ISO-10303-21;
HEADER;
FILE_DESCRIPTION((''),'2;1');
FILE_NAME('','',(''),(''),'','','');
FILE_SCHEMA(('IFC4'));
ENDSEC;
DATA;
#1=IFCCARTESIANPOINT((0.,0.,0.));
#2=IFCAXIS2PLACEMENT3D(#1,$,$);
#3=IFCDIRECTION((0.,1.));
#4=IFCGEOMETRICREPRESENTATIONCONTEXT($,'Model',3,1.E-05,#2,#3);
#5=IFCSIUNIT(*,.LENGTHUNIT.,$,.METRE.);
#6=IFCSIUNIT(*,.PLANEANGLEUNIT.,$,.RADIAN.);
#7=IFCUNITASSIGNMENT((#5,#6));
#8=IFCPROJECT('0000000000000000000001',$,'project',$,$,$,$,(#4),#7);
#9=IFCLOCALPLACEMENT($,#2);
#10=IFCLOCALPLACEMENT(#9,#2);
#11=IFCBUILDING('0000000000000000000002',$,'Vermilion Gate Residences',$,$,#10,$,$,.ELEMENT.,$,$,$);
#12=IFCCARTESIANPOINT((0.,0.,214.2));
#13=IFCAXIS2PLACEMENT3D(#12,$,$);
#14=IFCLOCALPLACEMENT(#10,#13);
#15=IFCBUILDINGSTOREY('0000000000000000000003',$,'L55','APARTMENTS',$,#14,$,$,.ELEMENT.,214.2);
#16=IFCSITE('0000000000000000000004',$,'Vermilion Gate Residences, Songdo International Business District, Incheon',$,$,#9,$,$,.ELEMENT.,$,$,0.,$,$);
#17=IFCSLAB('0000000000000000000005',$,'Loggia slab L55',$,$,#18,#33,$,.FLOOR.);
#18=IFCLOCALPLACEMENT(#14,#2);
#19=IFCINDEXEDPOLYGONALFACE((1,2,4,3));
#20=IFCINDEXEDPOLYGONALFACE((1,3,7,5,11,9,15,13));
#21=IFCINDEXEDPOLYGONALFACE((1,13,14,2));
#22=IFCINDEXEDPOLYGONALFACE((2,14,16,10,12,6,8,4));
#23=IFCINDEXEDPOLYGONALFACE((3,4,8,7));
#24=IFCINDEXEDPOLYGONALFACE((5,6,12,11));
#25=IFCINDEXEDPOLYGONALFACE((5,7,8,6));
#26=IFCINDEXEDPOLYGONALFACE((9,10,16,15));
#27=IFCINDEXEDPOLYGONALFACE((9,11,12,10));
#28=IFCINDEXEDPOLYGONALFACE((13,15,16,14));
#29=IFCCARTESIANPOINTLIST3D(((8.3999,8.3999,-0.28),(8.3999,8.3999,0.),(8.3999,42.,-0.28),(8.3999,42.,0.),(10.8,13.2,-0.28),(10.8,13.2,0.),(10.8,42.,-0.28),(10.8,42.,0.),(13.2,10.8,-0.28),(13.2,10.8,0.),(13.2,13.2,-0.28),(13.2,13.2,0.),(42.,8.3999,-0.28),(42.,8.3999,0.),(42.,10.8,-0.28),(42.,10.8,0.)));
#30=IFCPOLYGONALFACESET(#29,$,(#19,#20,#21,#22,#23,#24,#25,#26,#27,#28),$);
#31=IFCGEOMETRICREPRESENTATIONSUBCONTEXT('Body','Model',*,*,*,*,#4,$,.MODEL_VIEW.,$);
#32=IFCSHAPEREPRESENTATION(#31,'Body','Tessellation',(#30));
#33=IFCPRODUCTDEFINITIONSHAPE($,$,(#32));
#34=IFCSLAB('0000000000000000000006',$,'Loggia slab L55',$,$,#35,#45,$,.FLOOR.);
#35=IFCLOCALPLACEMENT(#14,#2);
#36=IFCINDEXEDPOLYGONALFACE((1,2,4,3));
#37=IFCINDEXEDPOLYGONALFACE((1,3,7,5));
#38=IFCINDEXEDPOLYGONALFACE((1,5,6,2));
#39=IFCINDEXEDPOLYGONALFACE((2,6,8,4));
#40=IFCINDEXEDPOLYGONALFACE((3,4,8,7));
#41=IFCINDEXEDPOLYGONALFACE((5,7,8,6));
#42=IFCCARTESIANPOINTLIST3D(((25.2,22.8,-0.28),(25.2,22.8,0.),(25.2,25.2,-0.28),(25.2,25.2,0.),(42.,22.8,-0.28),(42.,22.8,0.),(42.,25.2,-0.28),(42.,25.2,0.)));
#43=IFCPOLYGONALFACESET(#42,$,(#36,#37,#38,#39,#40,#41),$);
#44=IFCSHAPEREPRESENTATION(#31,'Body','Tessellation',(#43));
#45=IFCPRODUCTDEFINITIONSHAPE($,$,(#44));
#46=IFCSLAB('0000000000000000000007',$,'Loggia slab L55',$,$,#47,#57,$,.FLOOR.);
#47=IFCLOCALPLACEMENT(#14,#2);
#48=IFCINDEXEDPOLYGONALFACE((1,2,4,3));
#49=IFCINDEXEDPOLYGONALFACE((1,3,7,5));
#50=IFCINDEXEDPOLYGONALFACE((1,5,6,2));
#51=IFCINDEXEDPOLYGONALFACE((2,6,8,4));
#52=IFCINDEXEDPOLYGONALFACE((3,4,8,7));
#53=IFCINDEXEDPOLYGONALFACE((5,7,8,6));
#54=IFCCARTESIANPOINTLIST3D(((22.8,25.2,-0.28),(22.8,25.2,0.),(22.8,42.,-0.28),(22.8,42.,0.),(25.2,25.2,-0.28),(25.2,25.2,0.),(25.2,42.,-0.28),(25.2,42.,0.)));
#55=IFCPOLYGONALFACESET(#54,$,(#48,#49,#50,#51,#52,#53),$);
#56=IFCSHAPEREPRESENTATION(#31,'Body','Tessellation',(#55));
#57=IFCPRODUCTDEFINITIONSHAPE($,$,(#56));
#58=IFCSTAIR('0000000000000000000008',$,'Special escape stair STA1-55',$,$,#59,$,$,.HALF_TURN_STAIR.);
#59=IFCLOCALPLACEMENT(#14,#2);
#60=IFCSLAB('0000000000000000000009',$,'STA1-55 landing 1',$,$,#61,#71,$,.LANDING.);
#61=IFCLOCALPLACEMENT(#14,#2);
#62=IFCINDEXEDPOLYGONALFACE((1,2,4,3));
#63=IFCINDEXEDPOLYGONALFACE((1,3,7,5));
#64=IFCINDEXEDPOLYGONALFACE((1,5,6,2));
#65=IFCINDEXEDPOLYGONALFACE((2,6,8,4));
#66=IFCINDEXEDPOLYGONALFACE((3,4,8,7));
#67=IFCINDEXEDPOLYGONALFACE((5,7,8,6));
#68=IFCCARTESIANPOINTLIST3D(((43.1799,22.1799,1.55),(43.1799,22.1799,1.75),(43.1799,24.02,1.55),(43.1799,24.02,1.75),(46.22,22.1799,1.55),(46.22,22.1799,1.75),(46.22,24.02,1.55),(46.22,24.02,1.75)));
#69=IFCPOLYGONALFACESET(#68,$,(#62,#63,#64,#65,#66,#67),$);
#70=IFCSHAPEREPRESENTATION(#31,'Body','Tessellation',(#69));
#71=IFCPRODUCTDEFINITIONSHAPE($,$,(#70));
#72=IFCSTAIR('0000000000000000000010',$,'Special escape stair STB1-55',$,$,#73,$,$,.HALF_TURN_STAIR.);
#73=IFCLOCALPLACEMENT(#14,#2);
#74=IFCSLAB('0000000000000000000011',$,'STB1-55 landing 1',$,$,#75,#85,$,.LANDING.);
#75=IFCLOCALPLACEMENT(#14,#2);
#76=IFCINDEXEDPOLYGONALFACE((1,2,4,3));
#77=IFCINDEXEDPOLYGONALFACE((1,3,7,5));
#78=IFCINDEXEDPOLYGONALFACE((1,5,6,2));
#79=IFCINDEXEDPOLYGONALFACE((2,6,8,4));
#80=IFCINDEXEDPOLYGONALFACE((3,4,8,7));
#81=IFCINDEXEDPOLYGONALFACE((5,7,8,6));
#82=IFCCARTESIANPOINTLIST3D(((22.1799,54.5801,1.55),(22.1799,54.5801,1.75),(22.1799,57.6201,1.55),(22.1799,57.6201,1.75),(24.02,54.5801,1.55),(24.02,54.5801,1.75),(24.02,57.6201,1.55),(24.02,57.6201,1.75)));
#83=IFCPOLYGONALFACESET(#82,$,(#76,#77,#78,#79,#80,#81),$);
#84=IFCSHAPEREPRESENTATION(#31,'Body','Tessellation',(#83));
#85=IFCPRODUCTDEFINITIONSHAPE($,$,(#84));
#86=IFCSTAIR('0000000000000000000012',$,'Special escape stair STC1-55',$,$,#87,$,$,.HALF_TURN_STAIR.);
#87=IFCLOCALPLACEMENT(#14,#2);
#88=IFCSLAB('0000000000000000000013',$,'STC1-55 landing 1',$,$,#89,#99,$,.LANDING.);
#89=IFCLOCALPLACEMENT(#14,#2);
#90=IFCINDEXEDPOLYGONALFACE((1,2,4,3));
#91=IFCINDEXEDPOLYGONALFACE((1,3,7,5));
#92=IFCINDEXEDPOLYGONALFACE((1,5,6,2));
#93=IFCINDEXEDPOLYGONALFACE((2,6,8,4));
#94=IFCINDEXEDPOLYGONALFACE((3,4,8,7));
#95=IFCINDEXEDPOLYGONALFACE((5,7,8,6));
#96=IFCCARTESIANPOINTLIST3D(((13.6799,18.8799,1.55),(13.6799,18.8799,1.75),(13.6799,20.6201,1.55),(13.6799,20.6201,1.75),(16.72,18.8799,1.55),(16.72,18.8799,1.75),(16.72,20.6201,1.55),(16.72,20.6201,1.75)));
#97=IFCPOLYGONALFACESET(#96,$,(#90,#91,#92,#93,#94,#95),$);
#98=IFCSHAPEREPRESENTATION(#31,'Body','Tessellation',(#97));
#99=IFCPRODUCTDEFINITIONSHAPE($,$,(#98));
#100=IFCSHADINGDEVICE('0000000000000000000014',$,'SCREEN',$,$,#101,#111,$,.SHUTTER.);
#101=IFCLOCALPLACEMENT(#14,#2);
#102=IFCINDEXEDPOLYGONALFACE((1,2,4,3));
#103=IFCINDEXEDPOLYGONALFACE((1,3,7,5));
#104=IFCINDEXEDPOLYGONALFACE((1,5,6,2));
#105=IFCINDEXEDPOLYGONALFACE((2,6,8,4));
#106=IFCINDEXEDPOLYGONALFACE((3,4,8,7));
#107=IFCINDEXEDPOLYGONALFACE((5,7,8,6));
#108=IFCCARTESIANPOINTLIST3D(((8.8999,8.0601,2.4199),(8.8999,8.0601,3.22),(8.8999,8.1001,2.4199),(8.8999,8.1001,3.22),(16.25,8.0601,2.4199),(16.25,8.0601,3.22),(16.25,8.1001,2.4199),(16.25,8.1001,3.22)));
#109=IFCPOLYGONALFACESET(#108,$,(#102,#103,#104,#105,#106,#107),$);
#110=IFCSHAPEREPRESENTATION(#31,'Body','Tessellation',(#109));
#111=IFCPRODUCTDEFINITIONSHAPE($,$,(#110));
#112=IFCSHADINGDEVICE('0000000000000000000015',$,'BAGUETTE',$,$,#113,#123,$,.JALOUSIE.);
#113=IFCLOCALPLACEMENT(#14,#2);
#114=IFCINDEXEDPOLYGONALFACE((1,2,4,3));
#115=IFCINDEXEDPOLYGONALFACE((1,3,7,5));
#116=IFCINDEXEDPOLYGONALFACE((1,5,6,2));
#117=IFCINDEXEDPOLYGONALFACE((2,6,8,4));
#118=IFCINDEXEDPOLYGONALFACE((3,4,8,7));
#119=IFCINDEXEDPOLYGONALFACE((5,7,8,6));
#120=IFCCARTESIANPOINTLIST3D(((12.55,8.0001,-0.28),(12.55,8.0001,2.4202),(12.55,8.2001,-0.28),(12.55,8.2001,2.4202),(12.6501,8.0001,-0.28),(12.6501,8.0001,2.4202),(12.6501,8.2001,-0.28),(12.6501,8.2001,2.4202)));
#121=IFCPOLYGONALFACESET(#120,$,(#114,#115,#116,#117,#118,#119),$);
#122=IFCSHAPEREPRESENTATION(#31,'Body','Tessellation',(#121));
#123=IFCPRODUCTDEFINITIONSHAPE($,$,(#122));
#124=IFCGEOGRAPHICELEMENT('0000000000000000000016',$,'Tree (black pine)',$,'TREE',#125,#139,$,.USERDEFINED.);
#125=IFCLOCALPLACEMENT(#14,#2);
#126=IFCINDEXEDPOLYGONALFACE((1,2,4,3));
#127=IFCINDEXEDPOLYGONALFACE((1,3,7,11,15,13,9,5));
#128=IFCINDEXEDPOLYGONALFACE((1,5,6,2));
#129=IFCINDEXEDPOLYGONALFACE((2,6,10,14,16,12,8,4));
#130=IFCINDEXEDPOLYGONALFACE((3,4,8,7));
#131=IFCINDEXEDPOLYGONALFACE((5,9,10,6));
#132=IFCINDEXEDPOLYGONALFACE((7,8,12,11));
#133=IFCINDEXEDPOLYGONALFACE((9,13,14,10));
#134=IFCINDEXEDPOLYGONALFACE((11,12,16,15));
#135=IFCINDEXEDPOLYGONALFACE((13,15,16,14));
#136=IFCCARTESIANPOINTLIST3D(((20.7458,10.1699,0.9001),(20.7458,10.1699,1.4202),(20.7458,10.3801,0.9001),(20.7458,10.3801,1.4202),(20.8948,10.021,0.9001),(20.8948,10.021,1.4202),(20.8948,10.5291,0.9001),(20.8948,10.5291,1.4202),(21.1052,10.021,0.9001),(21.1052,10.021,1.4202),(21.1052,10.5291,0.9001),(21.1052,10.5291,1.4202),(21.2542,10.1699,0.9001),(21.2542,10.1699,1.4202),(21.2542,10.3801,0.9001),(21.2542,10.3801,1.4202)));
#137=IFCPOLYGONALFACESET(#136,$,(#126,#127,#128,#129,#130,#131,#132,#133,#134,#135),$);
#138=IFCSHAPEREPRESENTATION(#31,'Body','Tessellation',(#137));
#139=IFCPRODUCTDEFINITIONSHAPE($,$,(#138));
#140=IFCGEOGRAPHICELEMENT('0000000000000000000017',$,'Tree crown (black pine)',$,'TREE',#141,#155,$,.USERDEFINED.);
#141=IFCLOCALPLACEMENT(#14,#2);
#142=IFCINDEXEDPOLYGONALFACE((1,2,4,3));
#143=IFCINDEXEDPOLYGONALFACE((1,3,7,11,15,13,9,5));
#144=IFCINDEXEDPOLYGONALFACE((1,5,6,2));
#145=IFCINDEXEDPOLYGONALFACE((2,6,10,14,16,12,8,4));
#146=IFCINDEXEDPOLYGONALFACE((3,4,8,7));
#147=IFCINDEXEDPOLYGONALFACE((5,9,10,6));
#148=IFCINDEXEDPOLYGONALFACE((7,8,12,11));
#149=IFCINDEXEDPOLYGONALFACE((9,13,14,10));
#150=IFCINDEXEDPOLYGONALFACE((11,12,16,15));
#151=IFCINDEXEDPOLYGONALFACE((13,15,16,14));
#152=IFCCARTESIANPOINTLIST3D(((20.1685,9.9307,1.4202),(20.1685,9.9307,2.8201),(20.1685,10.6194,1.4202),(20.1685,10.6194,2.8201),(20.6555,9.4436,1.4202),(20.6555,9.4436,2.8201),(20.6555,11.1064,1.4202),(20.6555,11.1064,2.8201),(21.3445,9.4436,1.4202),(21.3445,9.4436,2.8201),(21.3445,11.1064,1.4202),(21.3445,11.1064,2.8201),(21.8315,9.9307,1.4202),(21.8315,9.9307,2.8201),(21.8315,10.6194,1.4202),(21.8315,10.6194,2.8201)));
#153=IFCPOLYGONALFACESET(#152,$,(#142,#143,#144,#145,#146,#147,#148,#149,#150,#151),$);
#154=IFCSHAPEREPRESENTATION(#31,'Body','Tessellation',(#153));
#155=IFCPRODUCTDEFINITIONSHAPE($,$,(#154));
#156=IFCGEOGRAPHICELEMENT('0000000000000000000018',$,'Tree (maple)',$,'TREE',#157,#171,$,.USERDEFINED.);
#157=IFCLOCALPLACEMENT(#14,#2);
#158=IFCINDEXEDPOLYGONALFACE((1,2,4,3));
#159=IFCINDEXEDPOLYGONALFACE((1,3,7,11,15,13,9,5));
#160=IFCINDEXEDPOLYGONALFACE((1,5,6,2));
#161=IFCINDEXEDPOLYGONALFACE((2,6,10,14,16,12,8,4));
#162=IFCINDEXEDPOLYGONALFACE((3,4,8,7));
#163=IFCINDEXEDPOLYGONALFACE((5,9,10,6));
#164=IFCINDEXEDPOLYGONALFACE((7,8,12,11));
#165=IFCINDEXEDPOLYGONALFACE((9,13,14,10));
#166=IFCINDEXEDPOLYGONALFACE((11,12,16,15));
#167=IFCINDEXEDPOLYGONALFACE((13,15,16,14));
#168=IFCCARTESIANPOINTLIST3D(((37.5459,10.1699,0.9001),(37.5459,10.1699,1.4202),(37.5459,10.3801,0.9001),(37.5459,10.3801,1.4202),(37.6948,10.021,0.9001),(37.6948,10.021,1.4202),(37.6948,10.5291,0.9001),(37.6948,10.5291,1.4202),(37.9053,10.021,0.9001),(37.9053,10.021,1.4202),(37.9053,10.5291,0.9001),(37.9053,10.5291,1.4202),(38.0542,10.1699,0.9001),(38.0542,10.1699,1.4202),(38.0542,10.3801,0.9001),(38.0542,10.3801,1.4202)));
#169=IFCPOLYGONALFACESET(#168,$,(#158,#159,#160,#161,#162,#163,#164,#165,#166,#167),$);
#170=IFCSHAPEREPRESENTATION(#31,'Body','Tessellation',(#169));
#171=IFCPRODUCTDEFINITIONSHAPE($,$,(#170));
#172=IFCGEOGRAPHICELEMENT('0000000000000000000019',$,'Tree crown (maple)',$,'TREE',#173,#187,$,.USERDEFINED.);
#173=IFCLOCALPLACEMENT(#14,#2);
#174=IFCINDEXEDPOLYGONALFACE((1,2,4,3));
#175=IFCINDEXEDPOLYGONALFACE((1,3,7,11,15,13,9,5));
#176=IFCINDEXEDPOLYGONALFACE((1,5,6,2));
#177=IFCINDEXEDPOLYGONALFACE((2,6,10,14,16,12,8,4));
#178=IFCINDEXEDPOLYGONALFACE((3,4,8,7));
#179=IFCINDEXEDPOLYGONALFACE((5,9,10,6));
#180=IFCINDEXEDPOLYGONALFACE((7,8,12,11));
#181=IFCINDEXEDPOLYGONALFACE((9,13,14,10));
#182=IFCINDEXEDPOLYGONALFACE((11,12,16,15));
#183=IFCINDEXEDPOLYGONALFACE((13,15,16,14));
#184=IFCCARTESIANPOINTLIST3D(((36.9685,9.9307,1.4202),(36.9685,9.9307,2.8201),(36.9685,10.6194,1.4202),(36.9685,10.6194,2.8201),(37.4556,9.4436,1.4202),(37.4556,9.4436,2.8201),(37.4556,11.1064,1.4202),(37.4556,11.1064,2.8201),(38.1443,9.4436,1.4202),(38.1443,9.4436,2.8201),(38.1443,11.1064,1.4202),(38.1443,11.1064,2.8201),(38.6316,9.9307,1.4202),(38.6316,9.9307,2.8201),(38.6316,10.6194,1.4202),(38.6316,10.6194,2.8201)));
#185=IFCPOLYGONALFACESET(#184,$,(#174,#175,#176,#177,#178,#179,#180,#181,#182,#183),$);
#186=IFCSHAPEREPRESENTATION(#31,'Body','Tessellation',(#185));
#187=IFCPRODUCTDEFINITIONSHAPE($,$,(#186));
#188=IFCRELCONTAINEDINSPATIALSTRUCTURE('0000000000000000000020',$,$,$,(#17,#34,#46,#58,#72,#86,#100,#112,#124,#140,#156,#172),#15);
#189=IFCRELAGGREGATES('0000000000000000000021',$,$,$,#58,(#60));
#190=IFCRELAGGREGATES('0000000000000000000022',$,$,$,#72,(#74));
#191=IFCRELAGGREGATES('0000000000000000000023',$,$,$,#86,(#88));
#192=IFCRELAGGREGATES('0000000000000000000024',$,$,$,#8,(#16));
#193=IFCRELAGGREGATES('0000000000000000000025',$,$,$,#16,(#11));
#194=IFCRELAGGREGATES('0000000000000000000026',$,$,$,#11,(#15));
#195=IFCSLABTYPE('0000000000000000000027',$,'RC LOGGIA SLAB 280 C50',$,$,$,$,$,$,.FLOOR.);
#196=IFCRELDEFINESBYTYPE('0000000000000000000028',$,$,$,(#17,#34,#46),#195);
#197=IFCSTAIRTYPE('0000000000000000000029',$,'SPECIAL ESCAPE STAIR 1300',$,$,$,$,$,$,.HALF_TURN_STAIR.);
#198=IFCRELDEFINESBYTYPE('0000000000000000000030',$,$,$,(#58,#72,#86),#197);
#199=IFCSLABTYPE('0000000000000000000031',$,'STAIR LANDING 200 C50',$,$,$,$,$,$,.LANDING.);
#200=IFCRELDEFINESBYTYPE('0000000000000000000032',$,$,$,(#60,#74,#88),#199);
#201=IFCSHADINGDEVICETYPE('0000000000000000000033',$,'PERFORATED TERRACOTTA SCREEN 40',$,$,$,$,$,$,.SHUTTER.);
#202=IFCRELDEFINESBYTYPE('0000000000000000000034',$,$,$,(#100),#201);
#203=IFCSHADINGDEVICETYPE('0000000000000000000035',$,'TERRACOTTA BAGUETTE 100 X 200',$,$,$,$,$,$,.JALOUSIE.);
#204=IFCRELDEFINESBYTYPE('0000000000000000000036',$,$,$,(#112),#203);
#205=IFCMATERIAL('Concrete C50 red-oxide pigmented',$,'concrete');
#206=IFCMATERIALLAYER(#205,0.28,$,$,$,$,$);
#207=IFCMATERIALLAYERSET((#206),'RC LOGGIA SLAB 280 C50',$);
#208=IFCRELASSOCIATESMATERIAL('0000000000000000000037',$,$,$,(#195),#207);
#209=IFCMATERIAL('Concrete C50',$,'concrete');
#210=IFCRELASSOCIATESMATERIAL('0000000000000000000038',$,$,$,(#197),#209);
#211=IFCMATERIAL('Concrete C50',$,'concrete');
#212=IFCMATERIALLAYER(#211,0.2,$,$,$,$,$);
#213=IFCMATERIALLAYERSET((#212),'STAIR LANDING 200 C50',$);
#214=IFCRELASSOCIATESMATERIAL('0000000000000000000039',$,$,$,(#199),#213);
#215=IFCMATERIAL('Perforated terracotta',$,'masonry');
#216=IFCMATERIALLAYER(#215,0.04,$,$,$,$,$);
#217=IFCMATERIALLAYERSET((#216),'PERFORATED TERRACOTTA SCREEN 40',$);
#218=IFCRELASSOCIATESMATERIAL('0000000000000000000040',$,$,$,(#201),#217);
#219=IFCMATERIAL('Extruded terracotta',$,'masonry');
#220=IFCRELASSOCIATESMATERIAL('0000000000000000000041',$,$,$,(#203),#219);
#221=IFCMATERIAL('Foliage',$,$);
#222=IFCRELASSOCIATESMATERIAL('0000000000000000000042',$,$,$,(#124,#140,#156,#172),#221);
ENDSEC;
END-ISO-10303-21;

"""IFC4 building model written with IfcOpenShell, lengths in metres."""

from ifc_helpers import new_model, si_unit, direction, frame, origin, origin_2d, place, context, subcontext, project, spatial, polyline, rectangle, outline, extrude, material, layer, layer_set, material_profile, profile_set, type_object, element, aggregate, save


model = new_model("IFC4")

# Units and contexts
model_context = context("Model", 3, precision=1e-05, world=origin(), true_north=direction((0.0, 1.0)))
body_context = subcontext(model_context, "Body", "Model", "MODEL_VIEW")
ifc_project = project(units=[si_unit("LENGTHUNIT", "METRE"), si_unit("PLANEANGLEUNIT", "RADIAN")], contexts=[model_context])

# Site, building, storey
site_placement = place(None, origin())
site = spatial("IfcSite", under=ifc_project, at=site_placement, Name="Vermilion Gate Residences, Songdo International Business District, Incheon", CompositionType="ELEMENT", RefElevation=0.0)
building_placement = place(site_placement, origin())
building = spatial("IfcBuilding", under=site, at=building_placement, Name="Vermilion Gate Residences", CompositionType="ELEMENT")
storey_placement = place(building_placement, frame((0.0, 0.0, 214.2)))
storey = spatial("IfcBuildingStorey", under=building, at=storey_placement, Name="L55", Description="APARTMENTS", CompositionType="ELEMENT", Elevation=214.2)

# Slabs
ifc_material_1 = material(Name="Concrete C50 red-oxide pigmented", Category="concrete")
ifc_layer_1 = layer(ifc_material_1, 0.28)
ifc_layer_set_1 = layer_set([ifc_layer_1], Name="RC LOGGIA SLAB 280 C50")
slab_type_1 = type_object("IfcSlabType", Name="RC LOGGIA SLAB 280 C50", PredefinedType="FLOOR", material=ifc_layer_set_1)
slab_1_placement = place(storey_placement, frame((0.0, 0.0, -0.28)))
element("IfcSlab", 1, at=slab_1_placement, inside=storey, type_object=slab_type_1, Name="Loggia slab L55", PredefinedType="FLOOR", context=body_context, shape_type="SweptSolid", body=[
    extrude(outline(polyline([(8.3999, 8.3999), (42.0, 8.3999), (42.0, 10.8), (13.2, 10.8), (13.2, 13.2), (10.8, 13.2), (10.8, 42.0), (8.3999, 42.0), (8.3999, 8.3999)])), origin(), (0.0, 0.0, 1.0), 0.28),
])
slab_2_placement = place(storey_placement, frame((0.0, 0.0, -0.28)))
element("IfcSlab", 2, at=slab_2_placement, inside=storey, type_object=slab_type_1, Name="Loggia slab L55", PredefinedType="FLOOR", context=body_context, shape_type="SweptSolid", body=[
    extrude(outline(polyline([(25.2, 22.8), (42.0, 22.8), (42.0, 25.2), (25.2, 25.2), (25.2, 22.8)])), origin(), (0.0, 0.0, 1.0), 0.28),
])
slab_3_placement = place(storey_placement, frame((0.0, 0.0, -0.28)))
element("IfcSlab", 3, at=slab_3_placement, inside=storey, type_object=slab_type_1, Name="Loggia slab L55", PredefinedType="FLOOR", context=body_context, shape_type="SweptSolid", body=[
    extrude(outline(polyline([(25.2, 42.0), (22.8, 42.0), (22.8, 25.2), (25.2, 25.2), (25.2, 42.0)])), origin(), (0.0, 0.0, 1.0), 0.28),
])

# Stairs, slabs
ifc_material_2 = material(Name="Concrete C50", Category="concrete")
stair_type = type_object("IfcStairType", Name="SPECIAL ESCAPE STAIR 1300", PredefinedType="HALF_TURN_STAIR", material=ifc_material_2)
stair_1_placement = place(storey_placement, origin())
stair_1 = element("IfcStair", 4, at=stair_1_placement, inside=storey, type_object=stair_type, Name="Special escape stair STA1-55", PredefinedType="HALF_TURN_STAIR")
ifc_material_3 = material(Name="Concrete C50", Category="concrete")
ifc_layer_2 = layer(ifc_material_3, 0.2)
ifc_layer_set_2 = layer_set([ifc_layer_2], Name="STAIR LANDING 200 C50")
slab_type_2 = type_object("IfcSlabType", Name="STAIR LANDING 200 C50", PredefinedType="LANDING", material=ifc_layer_set_2)
slab_4_placement = place(storey_placement, frame((0.0, 0.0, 1.55)))
slab_4 = element("IfcSlab", 5, at=slab_4_placement, type_object=slab_type_2, Name="STA1-55 landing 1", PredefinedType="LANDING", context=body_context, shape_type="SweptSolid", body=[
    extrude(outline(polyline([(46.22, 22.1799), (46.22, 24.02), (43.1799, 24.02), (43.1799, 22.1799), (46.22, 22.1799)])), origin(), (0.0, 0.0, 1.0), 0.2),
])
aggregate(stair_1, [slab_4])
stair_2_placement = place(storey_placement, origin())
stair_2 = element("IfcStair", 6, at=stair_2_placement, inside=storey, type_object=stair_type, Name="Special escape stair STB1-55", PredefinedType="HALF_TURN_STAIR")
slab_5_placement = place(storey_placement, frame((0.0, 0.0, 1.55)))
slab_5 = element("IfcSlab", 7, at=slab_5_placement, type_object=slab_type_2, Name="STB1-55 landing 1", PredefinedType="LANDING", context=body_context, shape_type="SweptSolid", body=[
    extrude(outline(polyline([(24.02, 54.5801), (24.02, 57.6201), (22.1799, 57.6201), (22.1799, 54.5801), (24.02, 54.5801)])), origin(), (0.0, 0.0, 1.0), 0.2),
])
aggregate(stair_2, [slab_5])
stair_3_placement = place(storey_placement, origin())
stair_3 = element("IfcStair", 8, at=stair_3_placement, inside=storey, type_object=stair_type, Name="Special escape stair STC1-55", PredefinedType="HALF_TURN_STAIR")
slab_6_placement = place(storey_placement, frame((0.0, 0.0, 1.55)))
slab_6 = element("IfcSlab", 9, at=slab_6_placement, type_object=slab_type_2, Name="STC1-55 landing 1", PredefinedType="LANDING", context=body_context, shape_type="SweptSolid", body=[
    extrude(outline(polyline([(16.72, 18.8799), (16.72, 20.6201), (13.6799, 20.6201), (13.6799, 18.8799), (16.72, 18.8799)])), origin(), (0.0, 0.0, 1.0), 0.2),
])
aggregate(stair_3, [slab_6])

# Shading devices
ifc_material_4 = material(Name="Perforated terracotta", Category="masonry")
ifc_layer_3 = layer(ifc_material_4, 0.04)
ifc_layer_set_3 = layer_set([ifc_layer_3], Name="PERFORATED TERRACOTTA SCREEN 40")
shading_device_type_1 = type_object("IfcShadingDeviceType", Name="PERFORATED TERRACOTTA SCREEN 40", PredefinedType="SHUTTER", material=ifc_layer_set_3)
shading_device_1_placement = place(storey_placement, frame((12.575, 8.0801, 2.4199), z_axis=(0.0, 0.0, 1.0), x_axis=(1.0, 0.0, 0.0)))
element("IfcShadingDevice", 10, at=shading_device_1_placement, inside=storey, type_object=shading_device_type_1, Name="SCREEN", PredefinedType="SHUTTER", context=body_context, shape_type="SweptSolid", body=[
    extrude(rectangle(XDim=7.3501, YDim=0.04, at=origin_2d()), origin(), (0.0, 0.0, 1.0), 0.8),
])
ifc_material_5 = material(Name="Extruded terracotta", Category="masonry")
ifc_material_profile_1 = material_profile(ifc_material_5, rectangle(XDim=0.2, YDim=0.1001, at=origin_2d()), Name="BAGUETTE 100 X 200")
ifc_profile_set_1 = profile_set([ifc_material_profile_1], Name="Extruded terracotta")
shading_device_type_2 = type_object("IfcShadingDeviceType", Name="TERRACOTTA BAGUETTE 100 X 200", PredefinedType="JALOUSIE", material=ifc_profile_set_1)
shading_device_2_placement = place(storey_placement, frame((12.6001, 8.1001, -0.28), z_axis=(0.0, 0.0, 1.0), x_axis=(0.0, 1.0, 0.0)))
element("IfcShadingDevice", 11, at=shading_device_2_placement, inside=storey, type_object=shading_device_type_2, Name="BAGUETTE", PredefinedType="JALOUSIE", context=body_context, shape_type="SweptSolid", body=[
    extrude(rectangle(XDim=0.2, YDim=0.1001, at=origin_2d()), origin(), (0.0, 0.0, 1.0), 2.7002),
])

# Geographic elements
ifc_material_6 = material(Name="Foliage")
geographic_element_1_placement = place(storey_placement, frame((0.0, 0.0, 0.9001)))
element("IfcGeographicElement", 12, at=geographic_element_1_placement, inside=storey, material=ifc_material_6, Name="Tree (black pine)", ObjectType="TREE", PredefinedType="USERDEFINED", context=body_context, shape_type="SweptSolid", body=[
    extrude(outline(polyline([(21.2542, 10.3801), (21.1052, 10.5291), (20.8948, 10.5291), (20.7458, 10.3801), (20.7458, 10.1699), (20.8948, 10.021), (21.1052, 10.021), (21.2542, 10.1699), (21.2542, 10.3801)])), origin(), (0.0, 0.0, 1.0), 0.52),
])
geographic_element_2_placement = place(storey_placement, frame((0.0, 0.0, 1.4202)))
element("IfcGeographicElement", 13, at=geographic_element_2_placement, inside=storey, material=ifc_material_6, Name="Tree crown (black pine)", ObjectType="TREE", PredefinedType="USERDEFINED", context=body_context, shape_type="SweptSolid", body=[
    extrude(outline(polyline([(21.8315, 10.6194), (21.3445, 11.1064), (20.6555, 11.1064), (20.1685, 10.6194), (20.1685, 9.9307), (20.6555, 9.4436), (21.3445, 9.4436), (21.8315, 9.9307), (21.8315, 10.6194)])), origin(), (0.0, 0.0, 1.0), 1.3999),
])
geographic_element_3_placement = place(storey_placement, frame((0.0, 0.0, 0.9001)))
element("IfcGeographicElement", 14, at=geographic_element_3_placement, inside=storey, material=ifc_material_6, Name="Tree (maple)", ObjectType="TREE", PredefinedType="USERDEFINED", context=body_context, shape_type="SweptSolid", body=[
    extrude(outline(polyline([(38.0542, 10.3801), (37.9053, 10.5291), (37.6948, 10.5291), (37.5459, 10.3801), (37.5459, 10.1699), (37.6948, 10.021), (37.9053, 10.021), (38.0542, 10.1699), (38.0542, 10.3801)])), origin(), (0.0, 0.0, 1.0), 0.52),
])
geographic_element_4_placement = place(storey_placement, frame((0.0, 0.0, 1.4202)))
element("IfcGeographicElement", 15, at=geographic_element_4_placement, inside=storey, material=ifc_material_6, Name="Tree crown (maple)", ObjectType="TREE", PredefinedType="USERDEFINED", context=body_context, shape_type="SweptSolid", body=[
    extrude(outline(polyline([(38.6316, 10.6194), (38.1443, 11.1064), (37.4556, 11.1064), (36.9685, 10.6194), (36.9685, 9.9307), (37.4556, 9.4436), (38.1443, 9.4436), (38.6316, 9.9307), (38.6316, 10.6194)])), origin(), (0.0, 0.0, 1.0), 1.3999),
])

save(model, "model.ifc")
